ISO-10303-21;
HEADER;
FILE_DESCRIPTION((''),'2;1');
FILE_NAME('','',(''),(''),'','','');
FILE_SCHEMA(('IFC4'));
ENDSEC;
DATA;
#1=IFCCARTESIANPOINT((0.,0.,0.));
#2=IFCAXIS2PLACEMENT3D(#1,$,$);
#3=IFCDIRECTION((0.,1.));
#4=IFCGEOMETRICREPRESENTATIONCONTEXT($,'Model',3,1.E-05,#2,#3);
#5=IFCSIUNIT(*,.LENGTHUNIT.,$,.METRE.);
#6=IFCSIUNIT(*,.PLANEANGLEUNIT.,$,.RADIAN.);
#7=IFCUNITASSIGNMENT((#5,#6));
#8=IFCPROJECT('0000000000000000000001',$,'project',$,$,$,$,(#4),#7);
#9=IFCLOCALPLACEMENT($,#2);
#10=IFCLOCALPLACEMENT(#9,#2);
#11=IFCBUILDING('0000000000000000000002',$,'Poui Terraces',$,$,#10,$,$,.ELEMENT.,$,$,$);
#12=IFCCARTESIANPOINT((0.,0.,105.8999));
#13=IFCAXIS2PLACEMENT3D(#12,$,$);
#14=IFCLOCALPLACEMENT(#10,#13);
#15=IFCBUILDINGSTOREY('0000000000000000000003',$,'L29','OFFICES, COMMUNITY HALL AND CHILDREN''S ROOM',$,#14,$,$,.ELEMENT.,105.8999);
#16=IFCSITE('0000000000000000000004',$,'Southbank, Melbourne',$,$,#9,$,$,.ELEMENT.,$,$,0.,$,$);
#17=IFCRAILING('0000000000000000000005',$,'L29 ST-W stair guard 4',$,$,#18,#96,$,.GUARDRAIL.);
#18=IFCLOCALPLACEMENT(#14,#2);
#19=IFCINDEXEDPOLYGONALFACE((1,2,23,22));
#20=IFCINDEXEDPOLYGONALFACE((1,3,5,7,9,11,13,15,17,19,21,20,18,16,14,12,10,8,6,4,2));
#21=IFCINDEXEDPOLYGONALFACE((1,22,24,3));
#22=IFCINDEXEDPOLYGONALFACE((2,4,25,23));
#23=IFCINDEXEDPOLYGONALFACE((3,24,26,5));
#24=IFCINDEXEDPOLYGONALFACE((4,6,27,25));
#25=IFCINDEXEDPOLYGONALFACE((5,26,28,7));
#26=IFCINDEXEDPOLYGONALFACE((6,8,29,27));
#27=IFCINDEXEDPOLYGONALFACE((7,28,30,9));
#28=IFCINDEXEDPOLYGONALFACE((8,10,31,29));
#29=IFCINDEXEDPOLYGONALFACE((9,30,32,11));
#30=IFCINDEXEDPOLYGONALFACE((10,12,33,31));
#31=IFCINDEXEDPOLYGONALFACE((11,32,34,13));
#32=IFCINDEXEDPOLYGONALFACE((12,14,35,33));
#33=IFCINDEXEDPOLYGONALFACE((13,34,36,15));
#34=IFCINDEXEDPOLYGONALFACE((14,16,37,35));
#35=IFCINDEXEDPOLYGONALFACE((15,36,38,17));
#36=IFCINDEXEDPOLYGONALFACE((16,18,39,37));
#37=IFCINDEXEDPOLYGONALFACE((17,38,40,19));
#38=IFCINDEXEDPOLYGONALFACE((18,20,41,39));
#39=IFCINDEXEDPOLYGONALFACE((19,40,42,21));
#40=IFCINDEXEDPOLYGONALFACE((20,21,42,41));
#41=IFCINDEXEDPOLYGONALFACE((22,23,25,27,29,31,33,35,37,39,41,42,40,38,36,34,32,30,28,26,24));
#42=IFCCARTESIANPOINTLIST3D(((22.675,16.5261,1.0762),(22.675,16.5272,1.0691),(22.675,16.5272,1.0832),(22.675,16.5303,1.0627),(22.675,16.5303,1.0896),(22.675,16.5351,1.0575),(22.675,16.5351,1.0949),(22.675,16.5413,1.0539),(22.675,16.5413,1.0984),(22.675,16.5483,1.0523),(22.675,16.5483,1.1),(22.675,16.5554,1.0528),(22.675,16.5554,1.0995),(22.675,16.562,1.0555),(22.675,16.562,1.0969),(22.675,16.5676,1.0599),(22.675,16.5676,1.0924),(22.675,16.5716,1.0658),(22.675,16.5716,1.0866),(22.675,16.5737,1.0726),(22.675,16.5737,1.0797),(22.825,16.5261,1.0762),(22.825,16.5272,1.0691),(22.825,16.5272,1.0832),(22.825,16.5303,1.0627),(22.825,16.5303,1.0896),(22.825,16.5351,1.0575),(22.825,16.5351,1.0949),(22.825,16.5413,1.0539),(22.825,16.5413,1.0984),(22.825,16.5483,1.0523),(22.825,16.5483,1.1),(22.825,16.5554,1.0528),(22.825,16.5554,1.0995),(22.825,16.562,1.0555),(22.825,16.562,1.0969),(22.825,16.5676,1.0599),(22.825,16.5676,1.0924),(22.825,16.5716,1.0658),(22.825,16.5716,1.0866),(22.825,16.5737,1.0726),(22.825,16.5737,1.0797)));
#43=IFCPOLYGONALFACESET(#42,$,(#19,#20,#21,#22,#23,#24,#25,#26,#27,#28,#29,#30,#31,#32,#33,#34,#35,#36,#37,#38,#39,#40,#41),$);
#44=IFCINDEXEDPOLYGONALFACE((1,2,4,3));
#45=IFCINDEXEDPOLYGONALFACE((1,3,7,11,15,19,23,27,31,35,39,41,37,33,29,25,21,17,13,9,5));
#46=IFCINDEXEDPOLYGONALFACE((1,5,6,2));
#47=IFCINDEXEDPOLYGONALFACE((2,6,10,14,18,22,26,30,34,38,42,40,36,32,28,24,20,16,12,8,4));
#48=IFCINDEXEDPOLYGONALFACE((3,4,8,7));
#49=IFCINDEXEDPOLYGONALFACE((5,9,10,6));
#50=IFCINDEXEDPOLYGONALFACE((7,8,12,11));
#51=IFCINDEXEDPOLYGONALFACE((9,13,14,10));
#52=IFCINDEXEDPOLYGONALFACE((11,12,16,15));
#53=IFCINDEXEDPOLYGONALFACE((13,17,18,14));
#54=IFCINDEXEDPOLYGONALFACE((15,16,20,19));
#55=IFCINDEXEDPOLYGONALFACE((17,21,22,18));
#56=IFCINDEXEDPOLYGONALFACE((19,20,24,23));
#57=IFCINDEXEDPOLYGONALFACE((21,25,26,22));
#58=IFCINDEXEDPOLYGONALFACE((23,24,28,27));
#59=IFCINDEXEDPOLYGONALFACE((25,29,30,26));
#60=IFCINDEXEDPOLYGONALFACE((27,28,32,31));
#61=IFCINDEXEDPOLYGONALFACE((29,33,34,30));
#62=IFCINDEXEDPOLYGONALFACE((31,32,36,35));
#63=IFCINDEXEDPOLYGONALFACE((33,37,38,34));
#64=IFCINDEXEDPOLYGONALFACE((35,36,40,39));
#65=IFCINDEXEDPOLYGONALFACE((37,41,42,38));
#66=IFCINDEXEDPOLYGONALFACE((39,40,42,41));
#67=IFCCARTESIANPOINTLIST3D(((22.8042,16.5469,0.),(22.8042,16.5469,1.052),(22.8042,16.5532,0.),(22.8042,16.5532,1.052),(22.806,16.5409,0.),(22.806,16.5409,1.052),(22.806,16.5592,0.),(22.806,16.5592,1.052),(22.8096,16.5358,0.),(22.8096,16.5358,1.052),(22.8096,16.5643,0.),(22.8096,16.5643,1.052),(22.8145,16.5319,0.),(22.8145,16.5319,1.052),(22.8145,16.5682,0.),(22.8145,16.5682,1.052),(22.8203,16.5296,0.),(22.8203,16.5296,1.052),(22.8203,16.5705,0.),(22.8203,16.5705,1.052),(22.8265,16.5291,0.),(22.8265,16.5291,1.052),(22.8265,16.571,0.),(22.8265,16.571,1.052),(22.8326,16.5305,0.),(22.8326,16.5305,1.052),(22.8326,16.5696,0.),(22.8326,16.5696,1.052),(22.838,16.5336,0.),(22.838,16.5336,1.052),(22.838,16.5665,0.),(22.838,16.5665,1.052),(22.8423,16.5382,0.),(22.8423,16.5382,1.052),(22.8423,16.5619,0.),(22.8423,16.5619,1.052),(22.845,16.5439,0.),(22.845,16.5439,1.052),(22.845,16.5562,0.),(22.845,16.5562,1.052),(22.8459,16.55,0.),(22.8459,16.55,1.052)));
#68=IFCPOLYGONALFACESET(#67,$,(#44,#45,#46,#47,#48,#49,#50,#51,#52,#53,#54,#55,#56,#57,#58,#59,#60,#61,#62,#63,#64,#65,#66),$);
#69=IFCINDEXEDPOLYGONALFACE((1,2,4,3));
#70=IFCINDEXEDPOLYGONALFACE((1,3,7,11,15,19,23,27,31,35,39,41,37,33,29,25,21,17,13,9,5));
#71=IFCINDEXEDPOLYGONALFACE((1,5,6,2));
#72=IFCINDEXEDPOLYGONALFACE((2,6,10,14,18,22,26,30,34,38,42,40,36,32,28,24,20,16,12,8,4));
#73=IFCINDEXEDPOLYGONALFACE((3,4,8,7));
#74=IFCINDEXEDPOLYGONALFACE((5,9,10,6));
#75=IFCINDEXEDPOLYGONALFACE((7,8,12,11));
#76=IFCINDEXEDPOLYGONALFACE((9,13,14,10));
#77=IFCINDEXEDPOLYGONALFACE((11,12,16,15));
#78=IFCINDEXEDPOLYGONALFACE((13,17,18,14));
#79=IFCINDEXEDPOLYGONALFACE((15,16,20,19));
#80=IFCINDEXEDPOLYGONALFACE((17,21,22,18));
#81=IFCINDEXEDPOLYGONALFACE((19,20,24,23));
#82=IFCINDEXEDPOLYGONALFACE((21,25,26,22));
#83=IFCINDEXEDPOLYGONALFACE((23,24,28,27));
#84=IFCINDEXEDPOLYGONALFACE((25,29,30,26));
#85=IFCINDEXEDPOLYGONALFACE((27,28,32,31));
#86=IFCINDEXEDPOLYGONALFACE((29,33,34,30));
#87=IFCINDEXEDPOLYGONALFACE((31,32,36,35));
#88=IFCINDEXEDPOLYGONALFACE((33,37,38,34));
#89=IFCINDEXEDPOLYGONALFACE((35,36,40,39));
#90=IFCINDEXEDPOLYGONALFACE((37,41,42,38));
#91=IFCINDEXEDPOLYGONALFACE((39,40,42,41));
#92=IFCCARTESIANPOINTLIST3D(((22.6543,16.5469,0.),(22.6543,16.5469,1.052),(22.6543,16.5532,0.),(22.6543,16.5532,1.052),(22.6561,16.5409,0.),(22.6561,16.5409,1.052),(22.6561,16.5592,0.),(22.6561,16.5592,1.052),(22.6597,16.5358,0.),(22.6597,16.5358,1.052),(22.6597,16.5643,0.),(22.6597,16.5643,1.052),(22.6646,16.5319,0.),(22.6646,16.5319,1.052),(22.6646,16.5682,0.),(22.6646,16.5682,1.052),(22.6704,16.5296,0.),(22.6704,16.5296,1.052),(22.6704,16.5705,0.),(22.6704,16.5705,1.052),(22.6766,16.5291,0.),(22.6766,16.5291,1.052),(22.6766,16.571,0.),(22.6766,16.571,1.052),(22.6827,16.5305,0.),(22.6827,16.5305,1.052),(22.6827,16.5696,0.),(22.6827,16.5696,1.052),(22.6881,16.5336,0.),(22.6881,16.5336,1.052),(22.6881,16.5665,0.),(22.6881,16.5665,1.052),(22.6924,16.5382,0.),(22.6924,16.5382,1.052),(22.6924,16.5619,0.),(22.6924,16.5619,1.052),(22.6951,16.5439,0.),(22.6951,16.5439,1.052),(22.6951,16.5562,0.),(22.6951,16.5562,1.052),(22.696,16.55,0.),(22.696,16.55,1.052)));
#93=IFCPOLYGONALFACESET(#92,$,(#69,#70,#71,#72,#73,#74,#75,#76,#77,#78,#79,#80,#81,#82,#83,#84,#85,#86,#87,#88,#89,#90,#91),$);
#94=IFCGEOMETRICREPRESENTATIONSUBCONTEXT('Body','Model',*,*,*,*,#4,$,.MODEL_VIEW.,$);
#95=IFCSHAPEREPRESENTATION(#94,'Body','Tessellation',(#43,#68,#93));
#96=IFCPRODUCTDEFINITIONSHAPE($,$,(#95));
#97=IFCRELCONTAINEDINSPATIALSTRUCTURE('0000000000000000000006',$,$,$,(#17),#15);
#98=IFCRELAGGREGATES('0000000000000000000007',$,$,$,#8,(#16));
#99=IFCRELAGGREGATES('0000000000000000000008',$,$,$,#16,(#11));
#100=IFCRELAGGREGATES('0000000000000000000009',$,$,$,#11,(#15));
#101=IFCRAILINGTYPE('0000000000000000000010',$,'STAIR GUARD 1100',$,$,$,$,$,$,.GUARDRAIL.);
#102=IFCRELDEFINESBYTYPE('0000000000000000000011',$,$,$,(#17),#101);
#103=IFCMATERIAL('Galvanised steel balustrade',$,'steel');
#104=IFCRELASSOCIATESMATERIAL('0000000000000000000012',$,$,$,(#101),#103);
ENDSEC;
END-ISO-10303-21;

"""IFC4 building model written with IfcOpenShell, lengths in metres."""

from ifc_helpers import new_model, si_unit, direction, frame, origin, origin_2d, place, context, subcontext, project, spatial, circle, extrude, material, type_object, element, save


model = new_model("IFC4")

# Units and contexts
model_context = context("Model", 3, precision=1e-05, world=origin(), true_north=direction((0.0, 1.0)))
body_context = subcontext(model_context, "Body", "Model", "MODEL_VIEW")
ifc_project = project(units=[si_unit("LENGTHUNIT", "METRE"), si_unit("PLANEANGLEUNIT", "RADIAN")], contexts=[model_context])

# Site, building, storey
site_placement = place(None, origin())
site = spatial("IfcSite", under=ifc_project, at=site_placement, Name="Southbank, Melbourne", CompositionType="ELEMENT", RefElevation=0.0)
building_placement = place(site_placement, origin())
building = spatial("IfcBuilding", under=site, at=building_placement, Name="Poui Terraces", CompositionType="ELEMENT")
storey_placement = place(building_placement, frame((0.0, 0.0, 105.8999)))
storey = spatial("IfcBuildingStorey", under=building, at=storey_placement, Name="L29", Description="OFFICES, COMMUNITY HALL AND CHILDREN'S ROOM", CompositionType="ELEMENT", Elevation=105.8999)

# Railing
ifc_material_1 = material(Name="Galvanised steel balustrade", Category="steel")
railing_type_1 = type_object("IfcRailingType", Name="STAIR GUARD 1100", PredefinedType="GUARDRAIL", material=ifc_material_1)
railing_1_placement = place(storey_placement, frame((22.825, 16.55, 0.0)))
element("IfcRailing", 1, at=railing_1_placement, inside=storey, type_object=railing_type_1, Name="L29 ST-W stair guard 4", PredefinedType="GUARDRAIL", context=body_context, shape_type="SweptSolid", body=[
    extrude(circle(Radius=0.0239, at=origin_2d()), frame((0.0, 0.0, 1.0762), z_axis=(-1.0, 0.0, 0.0), x_axis=(0.0, -1.0, 0.0)), (0.0, 0.0, 1.0), 0.1499),
    extrude(circle(Radius=0.021, at=origin_2d()), origin(), (0.0, 0.0, 1.0), 1.052),
    extrude(circle(Radius=0.021, at=origin_2d()), frame((-0.1499, 0.0, 0.0)), (0.0, 0.0, 1.0), 1.052),
])

save(model, "model.ifc")
